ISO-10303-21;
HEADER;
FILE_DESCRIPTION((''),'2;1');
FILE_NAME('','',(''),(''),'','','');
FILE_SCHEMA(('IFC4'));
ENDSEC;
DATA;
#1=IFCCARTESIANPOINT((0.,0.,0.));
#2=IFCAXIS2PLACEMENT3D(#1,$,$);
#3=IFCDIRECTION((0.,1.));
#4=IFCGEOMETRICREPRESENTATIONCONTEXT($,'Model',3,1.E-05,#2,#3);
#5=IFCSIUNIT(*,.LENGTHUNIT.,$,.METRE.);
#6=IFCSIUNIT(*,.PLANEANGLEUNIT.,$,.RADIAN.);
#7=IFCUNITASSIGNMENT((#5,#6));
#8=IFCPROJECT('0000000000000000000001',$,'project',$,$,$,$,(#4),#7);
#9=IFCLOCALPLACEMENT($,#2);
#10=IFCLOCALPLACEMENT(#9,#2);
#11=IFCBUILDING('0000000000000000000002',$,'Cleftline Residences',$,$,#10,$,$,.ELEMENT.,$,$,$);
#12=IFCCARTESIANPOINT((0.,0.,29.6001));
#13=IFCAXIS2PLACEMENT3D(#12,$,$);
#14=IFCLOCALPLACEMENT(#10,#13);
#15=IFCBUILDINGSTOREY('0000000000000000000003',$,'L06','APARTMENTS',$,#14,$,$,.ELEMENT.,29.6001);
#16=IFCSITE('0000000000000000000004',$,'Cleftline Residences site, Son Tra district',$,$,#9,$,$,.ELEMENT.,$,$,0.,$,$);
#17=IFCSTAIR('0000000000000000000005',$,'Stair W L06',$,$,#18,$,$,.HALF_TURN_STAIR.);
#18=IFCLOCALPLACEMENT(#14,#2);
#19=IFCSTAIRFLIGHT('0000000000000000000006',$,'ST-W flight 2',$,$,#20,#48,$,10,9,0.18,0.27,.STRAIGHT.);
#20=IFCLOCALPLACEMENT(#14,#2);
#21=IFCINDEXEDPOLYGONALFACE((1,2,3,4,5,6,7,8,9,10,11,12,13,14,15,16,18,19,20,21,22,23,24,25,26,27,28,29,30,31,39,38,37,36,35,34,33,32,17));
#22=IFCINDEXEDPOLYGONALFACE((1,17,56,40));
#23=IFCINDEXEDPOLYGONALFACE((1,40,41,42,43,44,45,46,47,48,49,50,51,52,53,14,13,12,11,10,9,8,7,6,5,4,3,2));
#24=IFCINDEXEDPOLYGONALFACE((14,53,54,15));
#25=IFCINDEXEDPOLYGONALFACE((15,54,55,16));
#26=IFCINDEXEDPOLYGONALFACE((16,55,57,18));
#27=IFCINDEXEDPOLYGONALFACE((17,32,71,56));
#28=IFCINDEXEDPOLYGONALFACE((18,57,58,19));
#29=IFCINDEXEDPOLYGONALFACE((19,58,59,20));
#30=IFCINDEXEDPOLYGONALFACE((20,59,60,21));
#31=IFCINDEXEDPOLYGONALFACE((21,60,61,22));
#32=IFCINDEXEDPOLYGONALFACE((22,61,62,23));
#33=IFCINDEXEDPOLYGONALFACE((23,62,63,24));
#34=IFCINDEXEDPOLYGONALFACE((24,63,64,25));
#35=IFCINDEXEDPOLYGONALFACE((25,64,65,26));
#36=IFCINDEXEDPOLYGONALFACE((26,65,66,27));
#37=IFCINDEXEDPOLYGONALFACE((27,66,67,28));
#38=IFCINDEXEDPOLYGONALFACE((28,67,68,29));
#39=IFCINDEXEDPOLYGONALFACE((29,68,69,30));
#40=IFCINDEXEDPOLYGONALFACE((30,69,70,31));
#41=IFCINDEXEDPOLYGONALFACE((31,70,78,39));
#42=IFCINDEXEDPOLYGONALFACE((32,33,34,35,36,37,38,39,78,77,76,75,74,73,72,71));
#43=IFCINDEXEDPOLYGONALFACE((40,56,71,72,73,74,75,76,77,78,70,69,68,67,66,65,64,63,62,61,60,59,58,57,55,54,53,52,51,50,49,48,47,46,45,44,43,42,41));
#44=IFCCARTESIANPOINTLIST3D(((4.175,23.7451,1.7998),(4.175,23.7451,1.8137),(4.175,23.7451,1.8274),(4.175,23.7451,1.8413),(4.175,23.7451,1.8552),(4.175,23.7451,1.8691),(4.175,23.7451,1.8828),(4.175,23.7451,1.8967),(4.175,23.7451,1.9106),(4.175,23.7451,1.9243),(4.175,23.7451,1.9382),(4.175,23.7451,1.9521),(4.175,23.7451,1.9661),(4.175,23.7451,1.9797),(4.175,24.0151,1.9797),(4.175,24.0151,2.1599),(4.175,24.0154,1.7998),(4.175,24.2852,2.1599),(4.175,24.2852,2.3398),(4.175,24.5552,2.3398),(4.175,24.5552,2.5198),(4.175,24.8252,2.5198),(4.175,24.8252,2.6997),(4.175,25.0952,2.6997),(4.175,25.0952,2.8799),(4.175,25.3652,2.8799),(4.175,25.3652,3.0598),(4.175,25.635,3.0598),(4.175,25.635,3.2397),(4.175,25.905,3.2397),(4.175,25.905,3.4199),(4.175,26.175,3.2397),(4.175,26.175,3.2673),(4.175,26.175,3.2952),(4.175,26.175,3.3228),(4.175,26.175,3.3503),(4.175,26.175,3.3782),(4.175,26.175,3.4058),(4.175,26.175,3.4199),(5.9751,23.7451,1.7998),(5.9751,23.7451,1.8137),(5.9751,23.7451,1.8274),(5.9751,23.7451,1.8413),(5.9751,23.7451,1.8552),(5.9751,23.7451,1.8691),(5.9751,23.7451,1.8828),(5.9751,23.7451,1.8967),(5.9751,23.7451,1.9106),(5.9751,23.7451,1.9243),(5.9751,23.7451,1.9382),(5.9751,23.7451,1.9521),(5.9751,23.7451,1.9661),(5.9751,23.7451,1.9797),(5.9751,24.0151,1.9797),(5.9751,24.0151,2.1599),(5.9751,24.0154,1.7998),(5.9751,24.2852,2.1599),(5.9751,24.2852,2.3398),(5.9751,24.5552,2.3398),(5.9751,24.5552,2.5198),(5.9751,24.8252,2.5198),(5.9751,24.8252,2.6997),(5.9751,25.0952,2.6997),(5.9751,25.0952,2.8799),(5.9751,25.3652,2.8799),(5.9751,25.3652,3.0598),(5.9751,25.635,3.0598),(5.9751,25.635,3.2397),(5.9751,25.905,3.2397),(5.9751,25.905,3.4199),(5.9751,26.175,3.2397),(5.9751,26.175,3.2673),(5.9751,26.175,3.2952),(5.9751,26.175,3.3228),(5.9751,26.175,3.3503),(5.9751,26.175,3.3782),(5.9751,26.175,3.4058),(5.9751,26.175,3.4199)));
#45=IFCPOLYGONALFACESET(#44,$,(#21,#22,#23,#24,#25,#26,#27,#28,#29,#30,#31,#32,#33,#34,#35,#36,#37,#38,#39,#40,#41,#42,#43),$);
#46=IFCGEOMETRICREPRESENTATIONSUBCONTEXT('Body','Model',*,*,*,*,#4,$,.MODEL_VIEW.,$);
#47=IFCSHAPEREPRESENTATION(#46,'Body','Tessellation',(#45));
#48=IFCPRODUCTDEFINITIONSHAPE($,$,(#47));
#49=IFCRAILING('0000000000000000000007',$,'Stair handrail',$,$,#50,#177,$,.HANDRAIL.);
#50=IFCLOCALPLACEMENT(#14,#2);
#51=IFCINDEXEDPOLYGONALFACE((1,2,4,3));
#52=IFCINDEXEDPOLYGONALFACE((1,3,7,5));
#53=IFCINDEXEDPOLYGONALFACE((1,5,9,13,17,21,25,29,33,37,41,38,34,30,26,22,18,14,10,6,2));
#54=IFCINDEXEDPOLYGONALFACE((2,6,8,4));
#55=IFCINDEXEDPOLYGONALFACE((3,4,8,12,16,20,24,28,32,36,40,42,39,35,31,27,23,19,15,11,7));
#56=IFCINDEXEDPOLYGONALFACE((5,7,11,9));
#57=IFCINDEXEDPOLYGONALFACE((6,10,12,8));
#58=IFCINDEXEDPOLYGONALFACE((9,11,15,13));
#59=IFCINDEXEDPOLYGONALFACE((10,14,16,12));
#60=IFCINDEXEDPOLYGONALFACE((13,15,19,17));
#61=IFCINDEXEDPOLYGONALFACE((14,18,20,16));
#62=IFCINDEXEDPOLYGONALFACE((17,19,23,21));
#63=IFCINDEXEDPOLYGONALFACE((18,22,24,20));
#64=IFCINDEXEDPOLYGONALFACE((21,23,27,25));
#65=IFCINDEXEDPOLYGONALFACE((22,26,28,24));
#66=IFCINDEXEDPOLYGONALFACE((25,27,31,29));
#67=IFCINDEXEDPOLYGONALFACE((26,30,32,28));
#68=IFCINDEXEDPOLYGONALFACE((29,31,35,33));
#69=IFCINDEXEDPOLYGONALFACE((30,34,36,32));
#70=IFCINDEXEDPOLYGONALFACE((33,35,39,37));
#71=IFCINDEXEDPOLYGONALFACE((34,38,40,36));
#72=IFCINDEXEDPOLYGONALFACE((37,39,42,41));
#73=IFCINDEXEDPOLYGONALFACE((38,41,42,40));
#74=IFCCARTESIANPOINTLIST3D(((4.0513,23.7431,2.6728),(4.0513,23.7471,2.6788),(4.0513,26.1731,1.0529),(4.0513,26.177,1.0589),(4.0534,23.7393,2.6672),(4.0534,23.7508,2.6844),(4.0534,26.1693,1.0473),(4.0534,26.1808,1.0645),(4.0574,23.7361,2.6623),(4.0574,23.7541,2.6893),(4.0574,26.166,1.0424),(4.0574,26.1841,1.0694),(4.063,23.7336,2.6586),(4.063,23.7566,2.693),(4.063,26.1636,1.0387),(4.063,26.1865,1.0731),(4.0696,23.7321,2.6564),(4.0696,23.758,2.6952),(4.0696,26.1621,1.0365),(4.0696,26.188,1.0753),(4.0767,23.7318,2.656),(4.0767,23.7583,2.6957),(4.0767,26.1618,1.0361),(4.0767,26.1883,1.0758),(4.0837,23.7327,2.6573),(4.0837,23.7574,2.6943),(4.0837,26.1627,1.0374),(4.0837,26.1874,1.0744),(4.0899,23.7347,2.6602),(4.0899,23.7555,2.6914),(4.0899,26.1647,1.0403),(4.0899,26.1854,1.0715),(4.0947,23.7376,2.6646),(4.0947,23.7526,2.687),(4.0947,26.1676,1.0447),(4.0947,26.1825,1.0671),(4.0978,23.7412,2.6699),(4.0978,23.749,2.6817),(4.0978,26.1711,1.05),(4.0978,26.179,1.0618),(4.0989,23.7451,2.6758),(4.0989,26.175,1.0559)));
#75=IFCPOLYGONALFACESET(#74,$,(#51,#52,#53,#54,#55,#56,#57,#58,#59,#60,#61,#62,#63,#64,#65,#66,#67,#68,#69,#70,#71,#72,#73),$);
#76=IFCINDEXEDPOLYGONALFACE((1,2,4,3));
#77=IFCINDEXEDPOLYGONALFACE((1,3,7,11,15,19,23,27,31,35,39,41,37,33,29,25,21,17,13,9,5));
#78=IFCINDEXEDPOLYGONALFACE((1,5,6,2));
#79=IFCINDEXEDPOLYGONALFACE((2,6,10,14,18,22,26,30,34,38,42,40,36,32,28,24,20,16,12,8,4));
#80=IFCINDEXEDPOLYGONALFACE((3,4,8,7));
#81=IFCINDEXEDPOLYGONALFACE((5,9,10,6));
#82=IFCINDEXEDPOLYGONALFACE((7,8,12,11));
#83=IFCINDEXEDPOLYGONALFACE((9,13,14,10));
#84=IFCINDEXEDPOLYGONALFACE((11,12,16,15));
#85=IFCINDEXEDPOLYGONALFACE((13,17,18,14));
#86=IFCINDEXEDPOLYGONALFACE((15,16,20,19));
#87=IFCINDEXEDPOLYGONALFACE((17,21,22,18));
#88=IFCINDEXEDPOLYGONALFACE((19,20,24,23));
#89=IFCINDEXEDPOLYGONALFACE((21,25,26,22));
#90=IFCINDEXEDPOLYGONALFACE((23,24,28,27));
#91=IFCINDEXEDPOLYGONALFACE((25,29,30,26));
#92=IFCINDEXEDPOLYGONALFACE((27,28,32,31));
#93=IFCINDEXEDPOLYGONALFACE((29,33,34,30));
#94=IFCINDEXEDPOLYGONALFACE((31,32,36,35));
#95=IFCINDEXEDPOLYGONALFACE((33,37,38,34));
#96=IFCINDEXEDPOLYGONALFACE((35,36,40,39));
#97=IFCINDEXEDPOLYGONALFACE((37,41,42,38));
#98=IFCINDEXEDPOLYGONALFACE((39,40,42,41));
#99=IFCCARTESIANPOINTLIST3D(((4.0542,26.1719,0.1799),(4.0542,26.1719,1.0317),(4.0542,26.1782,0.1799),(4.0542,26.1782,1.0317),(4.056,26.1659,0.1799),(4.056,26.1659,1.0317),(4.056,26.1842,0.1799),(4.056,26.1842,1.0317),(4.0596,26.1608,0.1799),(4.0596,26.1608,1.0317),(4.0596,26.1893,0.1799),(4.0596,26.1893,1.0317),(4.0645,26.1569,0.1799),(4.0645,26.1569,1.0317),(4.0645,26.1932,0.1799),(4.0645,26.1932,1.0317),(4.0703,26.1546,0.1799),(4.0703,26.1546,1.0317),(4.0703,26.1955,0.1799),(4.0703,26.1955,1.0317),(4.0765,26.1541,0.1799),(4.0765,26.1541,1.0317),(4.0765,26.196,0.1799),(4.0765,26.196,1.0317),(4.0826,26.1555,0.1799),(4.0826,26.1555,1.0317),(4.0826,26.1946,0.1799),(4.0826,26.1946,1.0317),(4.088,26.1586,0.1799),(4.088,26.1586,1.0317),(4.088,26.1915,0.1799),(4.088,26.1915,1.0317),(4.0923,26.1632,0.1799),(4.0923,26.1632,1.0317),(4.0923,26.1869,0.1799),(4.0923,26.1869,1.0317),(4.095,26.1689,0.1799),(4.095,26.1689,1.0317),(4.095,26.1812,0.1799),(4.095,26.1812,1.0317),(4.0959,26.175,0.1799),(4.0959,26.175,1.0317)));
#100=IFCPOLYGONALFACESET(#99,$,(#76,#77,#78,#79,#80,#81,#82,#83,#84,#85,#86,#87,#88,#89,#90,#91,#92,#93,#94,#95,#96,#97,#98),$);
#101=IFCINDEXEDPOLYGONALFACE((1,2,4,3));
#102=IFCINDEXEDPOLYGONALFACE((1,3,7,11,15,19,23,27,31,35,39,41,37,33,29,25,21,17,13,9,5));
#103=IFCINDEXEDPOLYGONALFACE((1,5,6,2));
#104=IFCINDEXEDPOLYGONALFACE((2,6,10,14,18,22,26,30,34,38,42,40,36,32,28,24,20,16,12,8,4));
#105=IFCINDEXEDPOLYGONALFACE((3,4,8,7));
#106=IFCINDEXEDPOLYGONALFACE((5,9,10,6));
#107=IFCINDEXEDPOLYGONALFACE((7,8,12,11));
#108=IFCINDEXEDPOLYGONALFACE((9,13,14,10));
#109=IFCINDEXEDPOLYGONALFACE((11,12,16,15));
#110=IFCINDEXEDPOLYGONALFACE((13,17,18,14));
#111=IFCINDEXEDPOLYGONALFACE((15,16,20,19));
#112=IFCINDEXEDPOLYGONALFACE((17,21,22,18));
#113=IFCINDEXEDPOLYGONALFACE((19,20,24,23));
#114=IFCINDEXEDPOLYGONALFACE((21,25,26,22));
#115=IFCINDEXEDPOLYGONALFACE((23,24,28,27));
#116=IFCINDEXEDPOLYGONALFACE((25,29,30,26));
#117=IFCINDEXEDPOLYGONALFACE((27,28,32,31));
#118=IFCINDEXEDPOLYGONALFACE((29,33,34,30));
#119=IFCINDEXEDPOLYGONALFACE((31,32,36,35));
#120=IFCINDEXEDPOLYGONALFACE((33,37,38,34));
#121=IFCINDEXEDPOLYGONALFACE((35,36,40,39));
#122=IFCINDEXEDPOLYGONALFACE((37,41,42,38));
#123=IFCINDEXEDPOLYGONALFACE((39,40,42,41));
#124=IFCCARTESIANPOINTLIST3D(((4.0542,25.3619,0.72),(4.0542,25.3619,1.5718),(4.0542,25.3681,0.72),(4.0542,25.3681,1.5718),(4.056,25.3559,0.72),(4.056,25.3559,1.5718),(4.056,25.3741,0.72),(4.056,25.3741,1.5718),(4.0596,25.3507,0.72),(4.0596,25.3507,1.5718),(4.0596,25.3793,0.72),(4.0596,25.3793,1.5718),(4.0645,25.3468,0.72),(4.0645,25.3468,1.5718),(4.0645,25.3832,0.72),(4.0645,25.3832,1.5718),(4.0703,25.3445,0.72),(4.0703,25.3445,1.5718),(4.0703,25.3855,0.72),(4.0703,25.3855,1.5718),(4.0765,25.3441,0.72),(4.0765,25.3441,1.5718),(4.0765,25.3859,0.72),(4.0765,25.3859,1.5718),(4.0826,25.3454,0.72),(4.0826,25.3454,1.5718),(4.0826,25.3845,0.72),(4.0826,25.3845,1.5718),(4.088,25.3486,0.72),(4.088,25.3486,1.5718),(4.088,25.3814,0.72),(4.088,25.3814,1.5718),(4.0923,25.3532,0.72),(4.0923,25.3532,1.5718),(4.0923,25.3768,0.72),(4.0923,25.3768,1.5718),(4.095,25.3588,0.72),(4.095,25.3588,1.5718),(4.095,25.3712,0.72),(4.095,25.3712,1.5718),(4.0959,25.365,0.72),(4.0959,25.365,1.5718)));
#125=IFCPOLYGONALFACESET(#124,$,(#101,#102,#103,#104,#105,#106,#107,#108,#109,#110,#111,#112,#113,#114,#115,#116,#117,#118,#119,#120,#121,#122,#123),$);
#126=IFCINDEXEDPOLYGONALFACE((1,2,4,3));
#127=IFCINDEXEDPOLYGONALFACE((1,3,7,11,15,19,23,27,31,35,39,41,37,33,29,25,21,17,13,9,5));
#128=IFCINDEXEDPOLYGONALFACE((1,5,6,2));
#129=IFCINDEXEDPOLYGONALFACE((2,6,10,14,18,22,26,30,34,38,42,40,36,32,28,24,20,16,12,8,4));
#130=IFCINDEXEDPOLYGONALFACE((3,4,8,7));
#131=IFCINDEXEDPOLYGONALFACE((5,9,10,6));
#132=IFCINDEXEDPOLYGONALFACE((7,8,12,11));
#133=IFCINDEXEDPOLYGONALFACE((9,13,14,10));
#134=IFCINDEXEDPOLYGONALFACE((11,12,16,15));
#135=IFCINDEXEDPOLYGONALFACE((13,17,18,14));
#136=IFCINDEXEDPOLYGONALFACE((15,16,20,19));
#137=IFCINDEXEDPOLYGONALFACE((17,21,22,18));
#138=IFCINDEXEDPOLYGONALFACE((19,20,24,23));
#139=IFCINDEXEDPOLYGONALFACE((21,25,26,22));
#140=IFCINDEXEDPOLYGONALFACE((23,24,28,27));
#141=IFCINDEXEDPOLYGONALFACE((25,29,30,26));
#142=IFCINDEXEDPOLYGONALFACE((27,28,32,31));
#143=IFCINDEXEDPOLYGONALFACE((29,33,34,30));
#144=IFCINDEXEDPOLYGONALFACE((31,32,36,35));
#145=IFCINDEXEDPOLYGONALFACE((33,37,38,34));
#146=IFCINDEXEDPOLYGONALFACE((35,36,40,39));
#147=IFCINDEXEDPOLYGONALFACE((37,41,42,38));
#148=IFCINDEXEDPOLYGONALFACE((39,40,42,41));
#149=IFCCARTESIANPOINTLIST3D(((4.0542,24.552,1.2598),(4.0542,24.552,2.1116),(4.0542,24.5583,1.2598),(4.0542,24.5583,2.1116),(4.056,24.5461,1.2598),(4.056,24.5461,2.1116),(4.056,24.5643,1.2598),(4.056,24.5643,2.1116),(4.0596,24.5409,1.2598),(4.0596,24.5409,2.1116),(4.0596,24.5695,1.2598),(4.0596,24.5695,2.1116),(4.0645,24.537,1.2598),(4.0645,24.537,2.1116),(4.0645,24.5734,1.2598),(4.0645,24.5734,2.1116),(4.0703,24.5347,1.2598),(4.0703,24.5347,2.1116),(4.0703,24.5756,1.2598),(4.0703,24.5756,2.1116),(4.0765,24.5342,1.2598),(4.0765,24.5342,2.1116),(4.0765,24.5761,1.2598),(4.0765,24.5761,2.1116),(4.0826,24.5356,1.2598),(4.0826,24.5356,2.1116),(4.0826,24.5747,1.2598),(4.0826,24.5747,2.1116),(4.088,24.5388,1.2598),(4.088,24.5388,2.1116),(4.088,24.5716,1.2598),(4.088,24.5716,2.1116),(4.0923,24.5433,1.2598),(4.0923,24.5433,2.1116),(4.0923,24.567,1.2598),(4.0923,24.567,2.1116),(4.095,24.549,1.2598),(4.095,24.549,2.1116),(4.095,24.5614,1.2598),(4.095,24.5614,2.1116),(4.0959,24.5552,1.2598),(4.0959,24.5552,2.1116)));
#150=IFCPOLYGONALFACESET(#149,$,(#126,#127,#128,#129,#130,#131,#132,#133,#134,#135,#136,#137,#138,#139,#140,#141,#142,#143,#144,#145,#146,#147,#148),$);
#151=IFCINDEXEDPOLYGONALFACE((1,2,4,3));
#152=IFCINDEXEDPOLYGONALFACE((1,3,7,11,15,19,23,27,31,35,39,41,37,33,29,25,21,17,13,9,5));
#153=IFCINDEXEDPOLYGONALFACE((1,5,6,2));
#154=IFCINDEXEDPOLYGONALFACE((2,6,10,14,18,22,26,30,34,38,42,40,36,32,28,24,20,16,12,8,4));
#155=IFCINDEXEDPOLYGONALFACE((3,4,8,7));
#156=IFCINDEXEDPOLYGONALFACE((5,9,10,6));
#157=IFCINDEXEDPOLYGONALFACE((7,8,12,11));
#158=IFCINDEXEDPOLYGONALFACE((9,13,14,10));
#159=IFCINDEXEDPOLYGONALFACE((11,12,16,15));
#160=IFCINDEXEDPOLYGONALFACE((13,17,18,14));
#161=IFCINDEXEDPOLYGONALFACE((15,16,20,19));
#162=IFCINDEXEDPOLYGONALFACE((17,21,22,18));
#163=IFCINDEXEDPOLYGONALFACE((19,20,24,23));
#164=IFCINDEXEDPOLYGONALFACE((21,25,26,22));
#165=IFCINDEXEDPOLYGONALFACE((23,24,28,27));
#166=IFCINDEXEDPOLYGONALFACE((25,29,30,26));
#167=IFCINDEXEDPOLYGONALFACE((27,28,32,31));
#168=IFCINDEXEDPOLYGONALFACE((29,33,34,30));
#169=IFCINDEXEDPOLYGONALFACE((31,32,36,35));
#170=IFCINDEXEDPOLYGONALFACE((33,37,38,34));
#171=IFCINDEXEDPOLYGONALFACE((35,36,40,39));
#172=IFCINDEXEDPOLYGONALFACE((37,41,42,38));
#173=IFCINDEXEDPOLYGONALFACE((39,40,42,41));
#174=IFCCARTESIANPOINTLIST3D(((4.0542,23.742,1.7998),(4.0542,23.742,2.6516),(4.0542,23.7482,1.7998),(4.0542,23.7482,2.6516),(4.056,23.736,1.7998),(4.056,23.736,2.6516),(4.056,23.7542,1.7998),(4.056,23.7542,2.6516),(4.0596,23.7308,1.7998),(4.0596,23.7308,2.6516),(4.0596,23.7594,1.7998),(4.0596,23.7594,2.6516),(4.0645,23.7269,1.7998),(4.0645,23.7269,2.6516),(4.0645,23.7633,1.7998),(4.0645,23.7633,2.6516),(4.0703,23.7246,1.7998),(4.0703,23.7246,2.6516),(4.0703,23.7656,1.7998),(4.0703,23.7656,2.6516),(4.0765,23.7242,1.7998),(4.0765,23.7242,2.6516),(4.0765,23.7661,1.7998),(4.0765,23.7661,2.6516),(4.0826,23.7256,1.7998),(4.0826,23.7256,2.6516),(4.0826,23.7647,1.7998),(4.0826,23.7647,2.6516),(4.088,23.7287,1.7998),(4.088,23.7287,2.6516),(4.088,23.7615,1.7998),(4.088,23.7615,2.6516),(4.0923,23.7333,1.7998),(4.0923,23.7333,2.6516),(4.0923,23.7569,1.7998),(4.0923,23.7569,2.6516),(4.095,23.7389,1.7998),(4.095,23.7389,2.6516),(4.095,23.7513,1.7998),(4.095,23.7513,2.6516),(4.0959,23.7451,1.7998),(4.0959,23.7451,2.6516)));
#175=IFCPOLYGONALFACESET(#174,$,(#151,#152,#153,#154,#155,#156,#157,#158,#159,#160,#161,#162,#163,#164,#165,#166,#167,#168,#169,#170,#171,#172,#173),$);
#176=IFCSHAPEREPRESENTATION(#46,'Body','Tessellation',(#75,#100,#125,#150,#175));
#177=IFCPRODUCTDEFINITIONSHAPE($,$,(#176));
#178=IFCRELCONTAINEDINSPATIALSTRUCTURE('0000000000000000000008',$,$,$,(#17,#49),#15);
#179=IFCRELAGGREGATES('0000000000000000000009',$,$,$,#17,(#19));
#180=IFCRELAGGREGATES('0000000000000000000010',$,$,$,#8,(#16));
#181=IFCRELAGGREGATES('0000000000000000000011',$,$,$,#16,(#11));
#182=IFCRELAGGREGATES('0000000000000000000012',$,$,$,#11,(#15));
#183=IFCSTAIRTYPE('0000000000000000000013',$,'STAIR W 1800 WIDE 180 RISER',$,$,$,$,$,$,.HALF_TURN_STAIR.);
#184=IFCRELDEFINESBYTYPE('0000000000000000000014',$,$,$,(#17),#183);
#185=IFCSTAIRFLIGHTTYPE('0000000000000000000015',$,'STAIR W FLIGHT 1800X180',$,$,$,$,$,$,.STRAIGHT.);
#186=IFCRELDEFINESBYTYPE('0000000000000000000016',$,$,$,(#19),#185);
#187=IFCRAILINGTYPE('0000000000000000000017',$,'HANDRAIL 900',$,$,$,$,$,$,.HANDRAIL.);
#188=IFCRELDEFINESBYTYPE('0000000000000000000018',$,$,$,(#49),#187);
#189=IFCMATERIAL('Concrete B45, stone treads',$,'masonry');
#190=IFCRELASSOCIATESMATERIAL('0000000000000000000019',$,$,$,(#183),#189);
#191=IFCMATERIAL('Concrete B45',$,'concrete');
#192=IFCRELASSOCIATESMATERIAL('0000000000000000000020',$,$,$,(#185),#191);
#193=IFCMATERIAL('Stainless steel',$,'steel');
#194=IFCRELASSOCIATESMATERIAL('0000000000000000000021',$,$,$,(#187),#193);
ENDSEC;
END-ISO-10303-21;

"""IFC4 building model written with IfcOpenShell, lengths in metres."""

from ifc_helpers import new_model, si_unit, direction, frame, origin, origin_2d, place, context, subcontext, project, spatial, polyline, circle, outline, extrude, material, type_object, element, aggregate, save


model = new_model("IFC4")

# Units and contexts
model_context = context("Model", 3, precision=1e-05, world=origin(), true_north=direction((0.0, 1.0)))
body_context = subcontext(model_context, "Body", "Model", "MODEL_VIEW")
ifc_project = project(units=[si_unit("LENGTHUNIT", "METRE"), si_unit("PLANEANGLEUNIT", "RADIAN")], contexts=[model_context])

# Site, building, storey
site_placement = place(None, origin())
site = spatial("IfcSite", under=ifc_project, at=site_placement, Name="Cleftline Residences site, Son Tra district", CompositionType="ELEMENT", RefElevation=0.0)
building_placement = place(site_placement, origin())
building = spatial("IfcBuilding", under=site, at=building_placement, Name="Cleftline Residences", CompositionType="ELEMENT")
storey_placement = place(building_placement, frame((0.0, 0.0, 29.6001)))
storey = spatial("IfcBuildingStorey", under=building, at=storey_placement, Name="L06", Description="APARTMENTS", CompositionType="ELEMENT", Elevation=29.6001)

# Stair, stair flight
ifc_material_1 = material(Name="Concrete B45, stone treads", Category="masonry")
stair_type = type_object("IfcStairType", Name="STAIR W 1800 WIDE 180 RISER", PredefinedType="HALF_TURN_STAIR", material=ifc_material_1)
stair_placement = place(storey_placement, origin())
stair = element("IfcStair", 1, at=stair_placement, inside=storey, type_object=stair_type, Name="Stair W L06", PredefinedType="HALF_TURN_STAIR")
ifc_material_2 = material(Name="Concrete B45", Category="concrete")
stair_flight_type = type_object("IfcStairFlightType", Name="STAIR W FLIGHT 1800X180", PredefinedType="STRAIGHT", material=ifc_material_2)
stair_flight_1_placement = place(storey_placement, frame((5.075, 23.7451, 1.7998), z_axis=(0.0, 0.0, 1.0), x_axis=(0.0, 1.0, 0.0)))
stair_flight_1 = element("IfcStairFlight", 2, at=stair_flight_1_placement, type_object=stair_flight_type, Name="ST-W flight 2", NumberOfRisers=10, NumberOfTreads=9, PredefinedType="STRAIGHT", RiserHeight=0.18, TreadLength=0.27, context=body_context, shape_type="SweptSolid", body=[
    extrude(outline(polyline([(0.0, 0.0), (0.0, 0.0139), (0.0, 0.0276), (0.0, 0.0415), (0.0, 0.0554), (0.0, 0.0693), (0.0, 0.083), (0.0, 0.0969), (0.0, 0.1108), (0.0, 0.1245), (0.0, 0.1384), (0.0, 0.1523), (0.0, 0.1663), (0.0, 0.1799), (0.27, 0.1799), (0.27, 0.3601), (0.54, 0.3601), (0.54, 0.54), (0.8101, 0.54), (0.8101, 0.72), (1.0801, 0.72), (1.0801, 0.8999), (1.3501, 0.8999), (1.3501, 1.0801), (1.6201, 1.0801), (1.6201, 1.26), (1.8899, 1.26), (1.8899, 1.4399), (2.1599, 1.4399), (2.1599, 1.6201), (2.4299, 1.6201), (2.4299, 1.8), (2.4299, 1.7722), (2.4299, 1.7446), (2.4299, 1.7168), (2.4299, 1.6892), (2.4299, 1.6614), (2.4299, 1.6338), (2.4299, 1.606), (2.4299, 1.5784), (2.4299, 1.5505), (2.4299, 1.5229), (2.4299, 1.4954), (2.4299, 1.4675), (2.4299, 1.4399), (0.2703, 0.0), (0.0, 0.0)])), frame((0.0, 0.8999, 0.0), z_axis=(0.0, -1.0, 0.0), x_axis=(1.0, 0.0, 0.0)), (0.0, 0.0, 1.0), 1.8),
])
aggregate(stair, [stair_flight_1])

# Railing
ifc_material_3 = material(Name="Stainless steel", Category="steel")
railing_type = type_object("IfcRailingType", Name="HANDRAIL 900", PredefinedType="HANDRAIL", material=ifc_material_3)
railing_1_placement = place(storey_placement, frame((4.075, 26.175, 0.1799)))
element("IfcRailing", 3, at=railing_1_placement, inside=storey, type_object=railing_type, Name="Stair handrail", PredefinedType="HANDRAIL", context=body_context, shape_type="SweptSolid", body=[
    extrude(circle(Radius=0.0239, at=origin_2d()), frame((0.0, 0.0, 0.876), z_axis=(0.0, -0.832063, 0.554681), x_axis=(1.0, 0.0, 0.0)), (0.0, 0.0, 1.0), 2.9204),
    extrude(circle(Radius=0.021, at=origin_2d()), origin(), (0.0, 0.0, 1.0), 0.8518),
    extrude(circle(Radius=0.021, at=origin_2d()), frame((0.0, -0.8101, 0.54)), (0.0, 0.0, 1.0), 0.8518),
    extrude(circle(Radius=0.021, at=origin_2d()), frame((0.0, -1.6199, 1.0798)), (0.0, 0.0, 1.0), 0.8518),
    extrude(circle(Radius=0.021, at=origin_2d()), frame((0.0, -2.4299, 1.6199)), (0.0, 0.0, 1.0), 0.8518),
])

save(model, "model.ifc")
